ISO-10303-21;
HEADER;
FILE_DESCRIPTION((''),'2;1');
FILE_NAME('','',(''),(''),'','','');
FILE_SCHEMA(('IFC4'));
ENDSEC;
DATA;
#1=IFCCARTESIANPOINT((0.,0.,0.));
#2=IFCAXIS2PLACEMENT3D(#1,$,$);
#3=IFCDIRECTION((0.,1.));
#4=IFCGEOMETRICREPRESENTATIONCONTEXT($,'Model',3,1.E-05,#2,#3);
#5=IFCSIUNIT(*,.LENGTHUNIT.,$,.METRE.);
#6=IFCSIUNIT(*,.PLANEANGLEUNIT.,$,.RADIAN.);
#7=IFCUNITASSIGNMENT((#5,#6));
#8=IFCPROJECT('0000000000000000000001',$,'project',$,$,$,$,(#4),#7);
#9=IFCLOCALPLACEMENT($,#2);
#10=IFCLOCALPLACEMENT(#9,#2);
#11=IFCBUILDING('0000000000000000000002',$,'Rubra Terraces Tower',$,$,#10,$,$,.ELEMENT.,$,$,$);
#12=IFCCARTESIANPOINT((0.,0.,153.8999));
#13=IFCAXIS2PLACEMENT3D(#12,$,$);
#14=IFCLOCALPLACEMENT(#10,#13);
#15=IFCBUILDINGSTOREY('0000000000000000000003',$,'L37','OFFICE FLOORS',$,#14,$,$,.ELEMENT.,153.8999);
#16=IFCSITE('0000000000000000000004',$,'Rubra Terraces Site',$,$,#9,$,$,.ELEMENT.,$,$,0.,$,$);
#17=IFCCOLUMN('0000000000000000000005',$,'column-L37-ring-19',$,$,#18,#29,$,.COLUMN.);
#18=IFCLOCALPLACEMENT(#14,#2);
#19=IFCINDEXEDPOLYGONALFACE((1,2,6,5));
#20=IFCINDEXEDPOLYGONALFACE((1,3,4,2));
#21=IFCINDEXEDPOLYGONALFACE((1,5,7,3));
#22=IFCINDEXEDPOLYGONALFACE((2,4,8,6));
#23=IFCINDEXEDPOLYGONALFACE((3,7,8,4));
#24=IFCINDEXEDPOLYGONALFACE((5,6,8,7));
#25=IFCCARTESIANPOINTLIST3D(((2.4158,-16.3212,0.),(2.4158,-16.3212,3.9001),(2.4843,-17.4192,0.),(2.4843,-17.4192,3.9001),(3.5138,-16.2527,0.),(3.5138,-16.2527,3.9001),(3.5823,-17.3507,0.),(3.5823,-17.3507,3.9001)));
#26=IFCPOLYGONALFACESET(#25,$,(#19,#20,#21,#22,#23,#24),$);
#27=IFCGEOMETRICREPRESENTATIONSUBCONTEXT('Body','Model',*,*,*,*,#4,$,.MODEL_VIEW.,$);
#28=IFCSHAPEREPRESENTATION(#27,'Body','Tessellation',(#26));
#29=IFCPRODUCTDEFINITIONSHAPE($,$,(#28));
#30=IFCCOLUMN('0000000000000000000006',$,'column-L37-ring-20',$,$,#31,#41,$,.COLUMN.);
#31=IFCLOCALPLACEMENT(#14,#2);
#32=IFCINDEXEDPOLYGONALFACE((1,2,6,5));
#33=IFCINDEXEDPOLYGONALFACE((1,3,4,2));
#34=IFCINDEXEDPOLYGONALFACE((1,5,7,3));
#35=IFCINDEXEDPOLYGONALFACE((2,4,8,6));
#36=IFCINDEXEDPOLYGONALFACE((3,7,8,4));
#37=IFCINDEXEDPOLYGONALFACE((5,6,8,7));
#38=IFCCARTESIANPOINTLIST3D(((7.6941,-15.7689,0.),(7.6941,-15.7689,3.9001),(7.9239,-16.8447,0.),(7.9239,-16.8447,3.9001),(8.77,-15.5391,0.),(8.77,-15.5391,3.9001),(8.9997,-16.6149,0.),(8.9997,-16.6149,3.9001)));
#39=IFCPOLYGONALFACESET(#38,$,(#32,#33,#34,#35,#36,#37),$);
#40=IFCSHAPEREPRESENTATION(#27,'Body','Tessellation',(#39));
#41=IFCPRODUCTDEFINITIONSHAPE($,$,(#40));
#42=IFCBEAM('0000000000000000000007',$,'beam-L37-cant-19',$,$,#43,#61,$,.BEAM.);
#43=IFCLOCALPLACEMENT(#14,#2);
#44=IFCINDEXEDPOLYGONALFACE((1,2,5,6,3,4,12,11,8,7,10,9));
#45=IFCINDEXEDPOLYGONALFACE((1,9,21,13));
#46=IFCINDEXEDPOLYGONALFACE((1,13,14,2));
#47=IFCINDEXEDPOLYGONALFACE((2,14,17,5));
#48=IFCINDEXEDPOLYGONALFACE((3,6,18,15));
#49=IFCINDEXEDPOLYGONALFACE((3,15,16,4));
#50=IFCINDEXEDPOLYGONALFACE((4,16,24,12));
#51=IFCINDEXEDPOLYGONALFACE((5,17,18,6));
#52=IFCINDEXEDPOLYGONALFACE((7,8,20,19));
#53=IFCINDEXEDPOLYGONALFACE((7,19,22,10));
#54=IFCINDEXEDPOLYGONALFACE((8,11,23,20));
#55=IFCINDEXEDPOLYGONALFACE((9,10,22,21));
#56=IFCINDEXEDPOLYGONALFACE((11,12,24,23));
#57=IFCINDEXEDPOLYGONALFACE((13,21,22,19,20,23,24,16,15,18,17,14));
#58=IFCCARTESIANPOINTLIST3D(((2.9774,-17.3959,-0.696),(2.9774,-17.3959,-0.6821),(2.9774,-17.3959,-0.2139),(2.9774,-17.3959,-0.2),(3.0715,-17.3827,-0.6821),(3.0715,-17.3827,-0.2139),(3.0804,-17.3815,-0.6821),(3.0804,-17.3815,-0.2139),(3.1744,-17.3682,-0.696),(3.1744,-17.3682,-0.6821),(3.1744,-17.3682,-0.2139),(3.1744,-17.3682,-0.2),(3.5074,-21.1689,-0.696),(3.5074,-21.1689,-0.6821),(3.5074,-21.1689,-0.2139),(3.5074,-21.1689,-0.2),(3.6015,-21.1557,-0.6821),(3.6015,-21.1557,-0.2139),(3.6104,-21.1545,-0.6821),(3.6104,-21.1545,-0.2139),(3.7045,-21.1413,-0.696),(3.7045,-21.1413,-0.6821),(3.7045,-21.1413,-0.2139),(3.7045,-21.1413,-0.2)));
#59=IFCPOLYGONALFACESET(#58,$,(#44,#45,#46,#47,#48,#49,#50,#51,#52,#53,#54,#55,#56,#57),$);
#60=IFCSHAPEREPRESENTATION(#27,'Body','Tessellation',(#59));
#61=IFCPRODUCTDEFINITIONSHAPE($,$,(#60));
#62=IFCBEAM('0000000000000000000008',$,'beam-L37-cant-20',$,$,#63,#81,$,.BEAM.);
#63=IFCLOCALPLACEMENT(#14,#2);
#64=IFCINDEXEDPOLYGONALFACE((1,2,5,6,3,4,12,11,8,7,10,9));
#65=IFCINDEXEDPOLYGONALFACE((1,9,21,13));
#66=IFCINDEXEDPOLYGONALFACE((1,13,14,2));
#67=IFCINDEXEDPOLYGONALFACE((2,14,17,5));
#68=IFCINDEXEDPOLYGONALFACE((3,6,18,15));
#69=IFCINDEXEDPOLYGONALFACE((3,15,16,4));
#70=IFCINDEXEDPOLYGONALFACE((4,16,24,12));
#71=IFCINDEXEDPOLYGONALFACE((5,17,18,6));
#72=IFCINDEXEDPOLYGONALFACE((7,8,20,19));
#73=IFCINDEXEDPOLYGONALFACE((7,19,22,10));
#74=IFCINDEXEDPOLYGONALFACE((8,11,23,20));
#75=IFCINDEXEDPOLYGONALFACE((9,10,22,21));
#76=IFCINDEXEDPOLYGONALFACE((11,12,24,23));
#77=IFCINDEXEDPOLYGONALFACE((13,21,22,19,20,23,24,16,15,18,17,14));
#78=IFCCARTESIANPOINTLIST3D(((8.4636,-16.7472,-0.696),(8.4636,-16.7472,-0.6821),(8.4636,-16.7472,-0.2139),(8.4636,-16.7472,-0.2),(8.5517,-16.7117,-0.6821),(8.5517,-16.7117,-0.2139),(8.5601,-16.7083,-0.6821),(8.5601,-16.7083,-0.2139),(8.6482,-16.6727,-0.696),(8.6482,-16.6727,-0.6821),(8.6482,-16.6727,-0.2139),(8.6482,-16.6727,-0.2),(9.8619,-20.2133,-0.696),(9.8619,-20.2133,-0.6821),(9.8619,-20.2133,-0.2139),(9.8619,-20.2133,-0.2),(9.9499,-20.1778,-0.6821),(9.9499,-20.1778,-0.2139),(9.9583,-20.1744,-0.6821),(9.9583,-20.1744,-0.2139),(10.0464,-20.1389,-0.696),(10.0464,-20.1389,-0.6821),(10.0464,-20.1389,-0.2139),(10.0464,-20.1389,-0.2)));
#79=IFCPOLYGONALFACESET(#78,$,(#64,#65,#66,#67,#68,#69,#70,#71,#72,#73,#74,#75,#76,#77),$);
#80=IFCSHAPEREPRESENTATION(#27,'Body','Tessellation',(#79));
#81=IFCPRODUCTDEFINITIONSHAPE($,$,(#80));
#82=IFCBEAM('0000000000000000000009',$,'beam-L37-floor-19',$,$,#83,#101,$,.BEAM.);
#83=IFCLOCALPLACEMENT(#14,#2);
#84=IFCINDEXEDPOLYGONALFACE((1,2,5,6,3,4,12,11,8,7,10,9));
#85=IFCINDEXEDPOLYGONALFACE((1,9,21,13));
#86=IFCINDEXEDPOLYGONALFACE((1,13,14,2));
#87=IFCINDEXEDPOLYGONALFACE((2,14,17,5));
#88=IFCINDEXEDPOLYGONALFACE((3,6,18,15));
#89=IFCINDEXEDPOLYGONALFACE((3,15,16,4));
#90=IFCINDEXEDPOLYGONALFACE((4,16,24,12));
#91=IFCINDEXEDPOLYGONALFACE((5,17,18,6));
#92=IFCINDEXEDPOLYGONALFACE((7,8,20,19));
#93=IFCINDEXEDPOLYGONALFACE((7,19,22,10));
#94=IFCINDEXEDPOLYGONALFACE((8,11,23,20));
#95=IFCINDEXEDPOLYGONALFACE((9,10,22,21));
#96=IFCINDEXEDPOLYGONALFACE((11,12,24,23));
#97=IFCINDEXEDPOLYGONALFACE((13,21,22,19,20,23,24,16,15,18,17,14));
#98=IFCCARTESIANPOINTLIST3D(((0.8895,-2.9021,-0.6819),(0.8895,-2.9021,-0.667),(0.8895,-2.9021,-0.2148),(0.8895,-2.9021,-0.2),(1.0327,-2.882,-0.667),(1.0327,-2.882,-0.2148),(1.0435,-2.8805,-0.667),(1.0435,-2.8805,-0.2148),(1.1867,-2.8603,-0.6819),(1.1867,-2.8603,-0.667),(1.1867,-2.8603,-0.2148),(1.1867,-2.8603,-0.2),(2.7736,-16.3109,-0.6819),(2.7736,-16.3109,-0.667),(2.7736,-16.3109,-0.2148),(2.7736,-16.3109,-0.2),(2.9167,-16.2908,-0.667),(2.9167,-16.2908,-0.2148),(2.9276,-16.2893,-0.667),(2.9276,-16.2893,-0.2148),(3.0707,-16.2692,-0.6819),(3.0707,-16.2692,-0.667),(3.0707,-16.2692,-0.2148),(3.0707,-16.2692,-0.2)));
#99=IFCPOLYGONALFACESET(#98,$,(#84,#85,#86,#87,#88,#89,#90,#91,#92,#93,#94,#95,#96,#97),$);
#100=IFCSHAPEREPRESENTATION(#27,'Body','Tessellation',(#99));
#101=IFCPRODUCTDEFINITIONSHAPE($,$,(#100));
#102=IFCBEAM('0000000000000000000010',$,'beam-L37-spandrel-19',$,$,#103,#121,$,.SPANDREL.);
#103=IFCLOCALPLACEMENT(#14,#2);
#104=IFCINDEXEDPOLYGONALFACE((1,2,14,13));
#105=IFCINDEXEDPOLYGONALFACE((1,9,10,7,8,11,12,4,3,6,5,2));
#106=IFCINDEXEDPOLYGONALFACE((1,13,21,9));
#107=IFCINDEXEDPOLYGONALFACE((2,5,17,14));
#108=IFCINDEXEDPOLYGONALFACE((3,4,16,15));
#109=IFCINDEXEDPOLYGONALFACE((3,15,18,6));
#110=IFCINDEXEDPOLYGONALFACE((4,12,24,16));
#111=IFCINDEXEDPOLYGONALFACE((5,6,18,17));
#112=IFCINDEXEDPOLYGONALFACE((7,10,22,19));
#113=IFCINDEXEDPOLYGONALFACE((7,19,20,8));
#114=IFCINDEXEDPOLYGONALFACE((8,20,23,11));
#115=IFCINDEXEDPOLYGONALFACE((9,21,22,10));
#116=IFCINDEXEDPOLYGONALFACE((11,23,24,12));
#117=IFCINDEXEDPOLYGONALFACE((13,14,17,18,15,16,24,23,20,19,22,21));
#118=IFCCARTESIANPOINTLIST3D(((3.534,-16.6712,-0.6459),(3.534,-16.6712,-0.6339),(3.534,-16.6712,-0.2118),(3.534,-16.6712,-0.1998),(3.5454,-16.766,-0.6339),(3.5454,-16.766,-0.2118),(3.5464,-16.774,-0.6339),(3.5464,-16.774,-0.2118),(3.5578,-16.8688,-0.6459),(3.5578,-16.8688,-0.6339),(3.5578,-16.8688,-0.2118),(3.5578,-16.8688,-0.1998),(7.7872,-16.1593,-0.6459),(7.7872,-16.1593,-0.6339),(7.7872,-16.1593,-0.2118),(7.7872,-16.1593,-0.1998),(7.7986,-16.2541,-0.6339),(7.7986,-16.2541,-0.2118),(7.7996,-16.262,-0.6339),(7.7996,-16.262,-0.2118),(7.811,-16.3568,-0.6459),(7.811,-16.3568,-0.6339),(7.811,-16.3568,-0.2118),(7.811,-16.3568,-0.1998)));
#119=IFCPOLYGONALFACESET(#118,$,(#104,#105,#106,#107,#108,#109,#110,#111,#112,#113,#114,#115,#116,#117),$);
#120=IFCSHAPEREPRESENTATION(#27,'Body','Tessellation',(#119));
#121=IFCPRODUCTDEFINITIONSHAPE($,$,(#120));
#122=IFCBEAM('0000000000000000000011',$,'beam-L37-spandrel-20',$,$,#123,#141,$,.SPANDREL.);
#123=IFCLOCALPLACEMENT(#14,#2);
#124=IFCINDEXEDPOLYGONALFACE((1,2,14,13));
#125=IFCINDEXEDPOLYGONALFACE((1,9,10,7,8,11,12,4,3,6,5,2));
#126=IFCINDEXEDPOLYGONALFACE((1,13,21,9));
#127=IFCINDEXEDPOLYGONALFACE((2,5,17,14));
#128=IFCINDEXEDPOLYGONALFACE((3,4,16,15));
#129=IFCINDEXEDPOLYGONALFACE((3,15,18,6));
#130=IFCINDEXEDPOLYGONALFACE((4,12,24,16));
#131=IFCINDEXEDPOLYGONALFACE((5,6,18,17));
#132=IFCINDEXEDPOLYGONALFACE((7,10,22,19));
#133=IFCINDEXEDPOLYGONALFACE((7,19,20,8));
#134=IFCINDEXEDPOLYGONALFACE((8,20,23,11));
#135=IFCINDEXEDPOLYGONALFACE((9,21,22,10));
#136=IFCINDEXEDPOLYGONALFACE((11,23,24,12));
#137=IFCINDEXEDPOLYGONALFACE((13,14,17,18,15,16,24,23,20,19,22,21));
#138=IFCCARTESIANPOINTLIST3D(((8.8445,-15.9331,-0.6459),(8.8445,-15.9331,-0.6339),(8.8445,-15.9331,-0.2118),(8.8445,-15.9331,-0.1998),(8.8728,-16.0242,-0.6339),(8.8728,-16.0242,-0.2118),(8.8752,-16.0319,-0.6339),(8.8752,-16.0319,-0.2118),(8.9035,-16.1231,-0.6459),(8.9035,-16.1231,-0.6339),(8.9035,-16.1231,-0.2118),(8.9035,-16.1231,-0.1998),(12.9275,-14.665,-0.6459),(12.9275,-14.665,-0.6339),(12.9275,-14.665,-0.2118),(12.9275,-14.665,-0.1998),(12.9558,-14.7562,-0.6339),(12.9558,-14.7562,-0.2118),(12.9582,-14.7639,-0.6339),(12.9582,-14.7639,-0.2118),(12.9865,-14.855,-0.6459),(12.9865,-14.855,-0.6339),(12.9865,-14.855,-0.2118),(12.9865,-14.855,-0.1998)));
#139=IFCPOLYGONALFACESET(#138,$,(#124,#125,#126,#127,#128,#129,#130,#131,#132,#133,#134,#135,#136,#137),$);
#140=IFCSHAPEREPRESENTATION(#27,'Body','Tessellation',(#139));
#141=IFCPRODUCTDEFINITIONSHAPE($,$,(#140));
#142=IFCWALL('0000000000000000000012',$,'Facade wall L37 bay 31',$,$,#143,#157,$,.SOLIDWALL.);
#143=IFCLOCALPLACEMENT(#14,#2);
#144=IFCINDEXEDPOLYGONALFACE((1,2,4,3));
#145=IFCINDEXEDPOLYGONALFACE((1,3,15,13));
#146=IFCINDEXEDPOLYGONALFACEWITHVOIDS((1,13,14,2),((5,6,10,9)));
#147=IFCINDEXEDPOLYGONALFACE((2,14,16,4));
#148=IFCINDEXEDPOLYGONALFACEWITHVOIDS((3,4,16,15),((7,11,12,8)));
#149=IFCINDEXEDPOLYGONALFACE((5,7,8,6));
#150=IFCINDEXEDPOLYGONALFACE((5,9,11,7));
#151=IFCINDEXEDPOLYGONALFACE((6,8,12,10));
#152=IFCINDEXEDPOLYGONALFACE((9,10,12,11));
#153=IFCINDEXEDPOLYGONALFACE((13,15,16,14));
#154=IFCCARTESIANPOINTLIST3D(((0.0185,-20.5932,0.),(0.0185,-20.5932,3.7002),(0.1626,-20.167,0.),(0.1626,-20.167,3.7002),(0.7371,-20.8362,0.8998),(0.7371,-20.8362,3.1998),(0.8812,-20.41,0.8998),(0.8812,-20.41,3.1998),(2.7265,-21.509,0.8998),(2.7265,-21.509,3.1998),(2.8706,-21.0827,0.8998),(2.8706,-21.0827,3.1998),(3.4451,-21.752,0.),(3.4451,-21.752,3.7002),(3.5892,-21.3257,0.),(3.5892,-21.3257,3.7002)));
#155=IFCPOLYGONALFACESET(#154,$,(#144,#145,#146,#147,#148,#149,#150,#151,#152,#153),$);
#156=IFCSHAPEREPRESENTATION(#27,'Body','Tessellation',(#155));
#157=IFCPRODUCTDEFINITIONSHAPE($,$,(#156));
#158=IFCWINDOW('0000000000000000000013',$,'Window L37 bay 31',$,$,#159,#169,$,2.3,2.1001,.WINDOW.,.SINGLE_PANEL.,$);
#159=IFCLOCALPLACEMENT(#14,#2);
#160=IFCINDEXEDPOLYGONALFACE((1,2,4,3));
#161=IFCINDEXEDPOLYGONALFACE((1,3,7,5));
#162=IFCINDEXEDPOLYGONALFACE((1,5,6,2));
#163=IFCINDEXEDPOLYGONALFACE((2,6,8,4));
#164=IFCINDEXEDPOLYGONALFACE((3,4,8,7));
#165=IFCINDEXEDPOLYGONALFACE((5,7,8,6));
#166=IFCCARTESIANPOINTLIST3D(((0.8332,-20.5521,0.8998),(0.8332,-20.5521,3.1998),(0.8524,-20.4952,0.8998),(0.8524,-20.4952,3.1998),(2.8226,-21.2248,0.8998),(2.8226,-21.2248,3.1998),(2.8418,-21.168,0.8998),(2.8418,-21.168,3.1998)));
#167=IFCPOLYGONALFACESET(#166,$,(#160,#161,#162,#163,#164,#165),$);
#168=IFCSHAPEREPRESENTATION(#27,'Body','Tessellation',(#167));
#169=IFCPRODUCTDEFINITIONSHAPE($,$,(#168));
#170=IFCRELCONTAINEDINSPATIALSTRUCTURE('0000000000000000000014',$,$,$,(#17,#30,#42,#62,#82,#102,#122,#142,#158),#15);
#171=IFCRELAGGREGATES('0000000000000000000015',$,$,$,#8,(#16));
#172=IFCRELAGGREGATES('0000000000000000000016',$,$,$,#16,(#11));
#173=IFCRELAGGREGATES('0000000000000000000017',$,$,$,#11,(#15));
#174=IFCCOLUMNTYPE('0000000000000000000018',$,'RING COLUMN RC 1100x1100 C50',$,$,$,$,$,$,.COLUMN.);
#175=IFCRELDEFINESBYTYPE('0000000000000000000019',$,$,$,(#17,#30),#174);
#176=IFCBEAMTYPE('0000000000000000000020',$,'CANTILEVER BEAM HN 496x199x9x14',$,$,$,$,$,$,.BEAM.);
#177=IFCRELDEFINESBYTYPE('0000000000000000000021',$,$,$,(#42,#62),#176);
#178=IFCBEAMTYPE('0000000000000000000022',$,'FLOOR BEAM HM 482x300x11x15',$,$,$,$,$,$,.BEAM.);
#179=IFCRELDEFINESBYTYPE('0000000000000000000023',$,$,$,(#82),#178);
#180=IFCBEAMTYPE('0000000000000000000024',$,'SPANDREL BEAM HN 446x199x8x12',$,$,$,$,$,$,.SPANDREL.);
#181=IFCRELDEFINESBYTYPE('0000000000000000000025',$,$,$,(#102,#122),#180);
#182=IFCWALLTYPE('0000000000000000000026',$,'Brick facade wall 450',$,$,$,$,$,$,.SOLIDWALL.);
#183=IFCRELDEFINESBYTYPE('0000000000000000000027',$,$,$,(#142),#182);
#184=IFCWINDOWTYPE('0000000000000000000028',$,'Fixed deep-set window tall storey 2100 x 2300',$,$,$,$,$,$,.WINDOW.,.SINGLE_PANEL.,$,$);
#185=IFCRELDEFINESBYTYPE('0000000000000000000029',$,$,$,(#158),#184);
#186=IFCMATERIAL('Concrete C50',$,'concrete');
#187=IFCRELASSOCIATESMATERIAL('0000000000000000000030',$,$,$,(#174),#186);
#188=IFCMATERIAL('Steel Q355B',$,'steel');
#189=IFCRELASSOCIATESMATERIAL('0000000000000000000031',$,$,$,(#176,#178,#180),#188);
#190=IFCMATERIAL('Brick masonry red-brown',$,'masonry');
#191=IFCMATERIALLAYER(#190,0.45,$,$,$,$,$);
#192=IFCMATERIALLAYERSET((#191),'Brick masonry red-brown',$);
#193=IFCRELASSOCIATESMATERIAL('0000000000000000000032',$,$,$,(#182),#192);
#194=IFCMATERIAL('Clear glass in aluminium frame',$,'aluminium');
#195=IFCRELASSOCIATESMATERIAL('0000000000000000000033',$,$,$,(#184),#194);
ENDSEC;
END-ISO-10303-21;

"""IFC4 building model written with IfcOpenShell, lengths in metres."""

from ifc_helpers import new_model, si_unit, direction, frame, frame_2d, origin, origin_2d, place, context, subcontext, project, spatial, rectangle, i_section, extrude, material, layer, layer_set, material_profile, profile_set, type_object, element, fill, save


model = new_model("IFC4")

# Units and contexts
model_context = context("Model", 3, precision=1e-05, world=origin(), true_north=direction((0.0, 1.0)))
body_context = subcontext(model_context, "Body", "Model", "MODEL_VIEW")
ifc_project = project(units=[si_unit("LENGTHUNIT", "METRE"), si_unit("PLANEANGLEUNIT", "RADIAN")], contexts=[model_context])

# Site, building, storey
site_placement = place(None, origin())
site = spatial("IfcSite", under=ifc_project, at=site_placement, Name="Rubra Terraces Site", CompositionType="ELEMENT", RefElevation=0.0)
building_placement = place(site_placement, origin())
building = spatial("IfcBuilding", under=site, at=building_placement, Name="Rubra Terraces Tower", CompositionType="ELEMENT")
storey_placement = place(building_placement, frame((0.0, 0.0, 153.8999)))
storey = spatial("IfcBuildingStorey", under=building, at=storey_placement, Name="L37", Description="OFFICE FLOORS", CompositionType="ELEMENT", Elevation=153.8999)

# Columns
ifc_material_1 = material(Name="Concrete C50", Category="concrete")
ifc_material_profile_1 = material_profile(ifc_material_1, rectangle(XDim=1.1001, YDim=1.1001, at=origin_2d()), Name="RC 1100x1100")
ifc_profile_set_1 = profile_set([ifc_material_profile_1], Name="Concrete C50")
column_type = type_object("IfcColumnType", Name="RING COLUMN RC 1100x1100 C50", PredefinedType="COLUMN", material=ifc_profile_set_1)
for number, where, z_axis, x_axis, name in (
    (1, (2.999, -16.8359, 0.0), (0.0, 0.0, 1.0), (0.998059, 0.062268, 0.0), "column-L37-ring-19"),
    (2, (8.3469, -16.1919, 0.0), (0.0, 0.0, 1.0), (0.977944, 0.208867, 0.0), "column-L37-ring-20"),
):
    element("IfcColumn", number, at=place(storey_placement, frame(where, z_axis=z_axis, x_axis=x_axis)), inside=storey, type_object=column_type, Name=name, PredefinedType="COLUMN", context=body_context, shape_type="SweptSolid", body=[
        extrude(rectangle(XDim=1.1001, YDim=1.1001, at=origin_2d()), origin(), (0.0, 0.0, 1.0), 3.9001),
    ])

# Beams
ifc_material_2 = material(Name="Steel Q355B", Category="steel")
ifc_material_profile_2 = material_profile(ifc_material_2, i_section(OverallWidth=0.199, OverallDepth=0.4961, WebThickness=0.009, FlangeThickness=0.0139, at=origin_2d()), Name="HN 496x199x9x14")
ifc_profile_set_2 = profile_set([ifc_material_profile_2], Name="Steel Q355B")
beam_type_1 = type_object("IfcBeamType", Name="CANTILEVER BEAM HN 496x199x9x14", PredefinedType="BEAM", material=ifc_profile_set_2)
beam_1_placement = place(storey_placement, frame((3.0759, -17.3821, -0.448), z_axis=(0.139115, -0.990276, 0.0), x_axis=(0.990276, 0.139115, 0.0)))
element("IfcBeam", 3, at=beam_1_placement, inside=storey, type_object=beam_type_1, Name="beam-L37-cant-19", PredefinedType="BEAM", context=body_context, shape_type="SweptSolid", body=[
    extrude(i_section(OverallWidth=0.199, OverallDepth=0.4961, WebThickness=0.009, FlangeThickness=0.0139, at=origin_2d()), origin(), (0.0, 0.0, 1.0), 3.8101),
])
beam_2_placement = place(storey_placement, frame((8.5559, -16.71, -0.448), z_axis=(0.374103, -0.927387, 0.0), x_axis=(0.927387, 0.374103, 0.0)))
element("IfcBeam", 4, at=beam_2_placement, inside=storey, type_object=beam_type_1, Name="beam-L37-cant-20", PredefinedType="BEAM", context=body_context, shape_type="SweptSolid", body=[
    extrude(i_section(OverallWidth=0.199, OverallDepth=0.4961, WebThickness=0.009, FlangeThickness=0.0139, at=origin_2d()), origin(), (0.0, 0.0, 1.0), 3.7375),
])
ifc_material_profile_3 = material_profile(ifc_material_2, i_section(OverallWidth=0.3, OverallDepth=0.4819, WebThickness=0.011, FlangeThickness=0.0149, at=origin_2d()), Name="HM 482x300x11x15")
ifc_profile_set_3 = profile_set([ifc_material_profile_3], Name="Steel Q355B")
beam_type_2 = type_object("IfcBeamType", Name="FLOOR BEAM HM 482x300x11x15", PredefinedType="BEAM", material=ifc_profile_set_3)
beam_3_placement = place(storey_placement, frame((2.9221, -16.29, -0.4409), z_axis=(-0.139139, 0.990273, 0.0), x_axis=(-0.990273, -0.139139, 0.0)))
element("IfcBeam", 5, at=beam_3_placement, inside=storey, type_object=beam_type_2, Name="beam-L37-floor-19", PredefinedType="BEAM", context=body_context, shape_type="SweptSolid", body=[
    extrude(i_section(OverallWidth=0.3, OverallDepth=0.4819, WebThickness=0.011, FlangeThickness=0.0149, at=origin_2d()), origin(), (0.0, 0.0, 1.0), 13.5405),
])
ifc_material_profile_4 = material_profile(ifc_material_2, i_section(OverallWidth=0.199, OverallDepth=0.446, WebThickness=0.0081, FlangeThickness=0.012, at=origin_2d()), Name="HN 446x199x8x12")
ifc_profile_set_4 = profile_set([ifc_material_profile_4], Name="Steel Q355B")
beam_type_3 = type_object("IfcBeamType", Name="SPANDREL BEAM HN 446x199x8x12", PredefinedType="SPANDREL", material=ifc_profile_set_4)
beam_4_placement = place(storey_placement, frame((3.5459, -16.77, -0.4229), z_axis=(0.992833, 0.119509, 0.0), x_axis=(-0.119509, 0.992833, 0.0)))
element("IfcBeam", 6, at=beam_4_placement, inside=storey, type_object=beam_type_3, Name="beam-L37-spandrel-19", PredefinedType="SPANDREL", context=body_context, shape_type="SweptSolid", body=[
    extrude(i_section(OverallWidth=0.199, OverallDepth=0.446, WebThickness=0.0081, FlangeThickness=0.012, at=origin_2d()), origin(), (0.0, 0.0, 1.0), 4.2839),
])
beam_5_placement = place(storey_placement, frame((8.874, -16.0281, -0.4229), z_axis=(0.955003, 0.296597, 0.0), x_axis=(-0.296597, 0.955003, 0.0)))
element("IfcBeam", 7, at=beam_5_placement, inside=storey, type_object=beam_type_3, Name="beam-L37-spandrel-20", PredefinedType="SPANDREL", context=body_context, shape_type="SweptSolid", body=[
    extrude(i_section(OverallWidth=0.199, OverallDepth=0.446, WebThickness=0.0081, FlangeThickness=0.012, at=origin_2d()), origin(), (0.0, 0.0, 1.0), 4.2754),
])

# Wall, opening, window
ifc_material_3 = material(Name="Brick masonry red-brown", Category="masonry")
ifc_layer_1 = layer(ifc_material_3, 0.45)
ifc_layer_set_1 = layer_set([ifc_layer_1], Name="Brick masonry red-brown")
wall_type_1 = type_object("IfcWallType", Name="Brick facade wall 450", PredefinedType="SOLIDWALL", material=ifc_layer_set_1)
wall_1_placement = place(storey_placement, frame((0.0906, -20.3801, 0.0), z_axis=(0.0, 0.0, 1.0), x_axis=(0.947304, -0.320335, 0.0)))
wall_1 = element("IfcWall", 8, at=wall_1_placement, inside=storey, type_object=wall_type_1, Name="Facade wall L37 bay 31", PredefinedType="SOLIDWALL", context=body_context, shape_type="SweptSolid", body=[
    extrude(rectangle(XDim=3.6172, YDim=0.45, at=frame_2d((1.8086, 0.0))), origin(), (0.0, 0.0, 1.0), 3.7002),
])
opening_1_placement = place(wall_1_placement, frame((0.7585, 0.0, 0.8999)))
opening_1 = element("IfcOpeningElement", 9, at=opening_1_placement, cuts=wall_1, PredefinedType="OPENING", context=body_context, shape_type="SweptSolid", body=[
    extrude(rectangle(XDim=2.1001, YDim=2.3, at=frame_2d((1.05, 1.1499))), frame((0.0, 0.2349, 0.0), z_axis=(0.0, -1.0, 0.0), x_axis=(1.0, 0.0, 0.0)), (0.0, 0.0, 1.0), 0.47),
])
ifc_material_4 = material(Name="Clear glass in aluminium frame", Category="aluminium")
window_type = type_object("IfcWindowType", Name="Fixed deep-set window tall storey 2100 x 2300", PartitioningType="SINGLE_PANEL", PredefinedType="WINDOW", material=ifc_material_4)
window_1_placement = place(opening_1_placement, origin())
window_1 = element("IfcWindow", 10, at=window_1_placement, inside=storey, type_object=window_type, Name="Window L37 bay 31", OverallHeight=2.3, OverallWidth=2.1001, PartitioningType="SINGLE_PANEL", PredefinedType="WINDOW", context=body_context, shape_type="SweptSolid", body=[
    extrude(rectangle(XDim=2.1001, YDim=2.3, at=frame_2d((1.05, 1.1499))), frame((0.0, 0.135, 0.0), z_axis=(0.0, -1.0, 0.0), x_axis=(1.0, 0.0, 0.0)), (0.0, 0.0, 1.0), 0.0601),
])
fill(opening_1, window_1)

save(model, "model.ifc")
